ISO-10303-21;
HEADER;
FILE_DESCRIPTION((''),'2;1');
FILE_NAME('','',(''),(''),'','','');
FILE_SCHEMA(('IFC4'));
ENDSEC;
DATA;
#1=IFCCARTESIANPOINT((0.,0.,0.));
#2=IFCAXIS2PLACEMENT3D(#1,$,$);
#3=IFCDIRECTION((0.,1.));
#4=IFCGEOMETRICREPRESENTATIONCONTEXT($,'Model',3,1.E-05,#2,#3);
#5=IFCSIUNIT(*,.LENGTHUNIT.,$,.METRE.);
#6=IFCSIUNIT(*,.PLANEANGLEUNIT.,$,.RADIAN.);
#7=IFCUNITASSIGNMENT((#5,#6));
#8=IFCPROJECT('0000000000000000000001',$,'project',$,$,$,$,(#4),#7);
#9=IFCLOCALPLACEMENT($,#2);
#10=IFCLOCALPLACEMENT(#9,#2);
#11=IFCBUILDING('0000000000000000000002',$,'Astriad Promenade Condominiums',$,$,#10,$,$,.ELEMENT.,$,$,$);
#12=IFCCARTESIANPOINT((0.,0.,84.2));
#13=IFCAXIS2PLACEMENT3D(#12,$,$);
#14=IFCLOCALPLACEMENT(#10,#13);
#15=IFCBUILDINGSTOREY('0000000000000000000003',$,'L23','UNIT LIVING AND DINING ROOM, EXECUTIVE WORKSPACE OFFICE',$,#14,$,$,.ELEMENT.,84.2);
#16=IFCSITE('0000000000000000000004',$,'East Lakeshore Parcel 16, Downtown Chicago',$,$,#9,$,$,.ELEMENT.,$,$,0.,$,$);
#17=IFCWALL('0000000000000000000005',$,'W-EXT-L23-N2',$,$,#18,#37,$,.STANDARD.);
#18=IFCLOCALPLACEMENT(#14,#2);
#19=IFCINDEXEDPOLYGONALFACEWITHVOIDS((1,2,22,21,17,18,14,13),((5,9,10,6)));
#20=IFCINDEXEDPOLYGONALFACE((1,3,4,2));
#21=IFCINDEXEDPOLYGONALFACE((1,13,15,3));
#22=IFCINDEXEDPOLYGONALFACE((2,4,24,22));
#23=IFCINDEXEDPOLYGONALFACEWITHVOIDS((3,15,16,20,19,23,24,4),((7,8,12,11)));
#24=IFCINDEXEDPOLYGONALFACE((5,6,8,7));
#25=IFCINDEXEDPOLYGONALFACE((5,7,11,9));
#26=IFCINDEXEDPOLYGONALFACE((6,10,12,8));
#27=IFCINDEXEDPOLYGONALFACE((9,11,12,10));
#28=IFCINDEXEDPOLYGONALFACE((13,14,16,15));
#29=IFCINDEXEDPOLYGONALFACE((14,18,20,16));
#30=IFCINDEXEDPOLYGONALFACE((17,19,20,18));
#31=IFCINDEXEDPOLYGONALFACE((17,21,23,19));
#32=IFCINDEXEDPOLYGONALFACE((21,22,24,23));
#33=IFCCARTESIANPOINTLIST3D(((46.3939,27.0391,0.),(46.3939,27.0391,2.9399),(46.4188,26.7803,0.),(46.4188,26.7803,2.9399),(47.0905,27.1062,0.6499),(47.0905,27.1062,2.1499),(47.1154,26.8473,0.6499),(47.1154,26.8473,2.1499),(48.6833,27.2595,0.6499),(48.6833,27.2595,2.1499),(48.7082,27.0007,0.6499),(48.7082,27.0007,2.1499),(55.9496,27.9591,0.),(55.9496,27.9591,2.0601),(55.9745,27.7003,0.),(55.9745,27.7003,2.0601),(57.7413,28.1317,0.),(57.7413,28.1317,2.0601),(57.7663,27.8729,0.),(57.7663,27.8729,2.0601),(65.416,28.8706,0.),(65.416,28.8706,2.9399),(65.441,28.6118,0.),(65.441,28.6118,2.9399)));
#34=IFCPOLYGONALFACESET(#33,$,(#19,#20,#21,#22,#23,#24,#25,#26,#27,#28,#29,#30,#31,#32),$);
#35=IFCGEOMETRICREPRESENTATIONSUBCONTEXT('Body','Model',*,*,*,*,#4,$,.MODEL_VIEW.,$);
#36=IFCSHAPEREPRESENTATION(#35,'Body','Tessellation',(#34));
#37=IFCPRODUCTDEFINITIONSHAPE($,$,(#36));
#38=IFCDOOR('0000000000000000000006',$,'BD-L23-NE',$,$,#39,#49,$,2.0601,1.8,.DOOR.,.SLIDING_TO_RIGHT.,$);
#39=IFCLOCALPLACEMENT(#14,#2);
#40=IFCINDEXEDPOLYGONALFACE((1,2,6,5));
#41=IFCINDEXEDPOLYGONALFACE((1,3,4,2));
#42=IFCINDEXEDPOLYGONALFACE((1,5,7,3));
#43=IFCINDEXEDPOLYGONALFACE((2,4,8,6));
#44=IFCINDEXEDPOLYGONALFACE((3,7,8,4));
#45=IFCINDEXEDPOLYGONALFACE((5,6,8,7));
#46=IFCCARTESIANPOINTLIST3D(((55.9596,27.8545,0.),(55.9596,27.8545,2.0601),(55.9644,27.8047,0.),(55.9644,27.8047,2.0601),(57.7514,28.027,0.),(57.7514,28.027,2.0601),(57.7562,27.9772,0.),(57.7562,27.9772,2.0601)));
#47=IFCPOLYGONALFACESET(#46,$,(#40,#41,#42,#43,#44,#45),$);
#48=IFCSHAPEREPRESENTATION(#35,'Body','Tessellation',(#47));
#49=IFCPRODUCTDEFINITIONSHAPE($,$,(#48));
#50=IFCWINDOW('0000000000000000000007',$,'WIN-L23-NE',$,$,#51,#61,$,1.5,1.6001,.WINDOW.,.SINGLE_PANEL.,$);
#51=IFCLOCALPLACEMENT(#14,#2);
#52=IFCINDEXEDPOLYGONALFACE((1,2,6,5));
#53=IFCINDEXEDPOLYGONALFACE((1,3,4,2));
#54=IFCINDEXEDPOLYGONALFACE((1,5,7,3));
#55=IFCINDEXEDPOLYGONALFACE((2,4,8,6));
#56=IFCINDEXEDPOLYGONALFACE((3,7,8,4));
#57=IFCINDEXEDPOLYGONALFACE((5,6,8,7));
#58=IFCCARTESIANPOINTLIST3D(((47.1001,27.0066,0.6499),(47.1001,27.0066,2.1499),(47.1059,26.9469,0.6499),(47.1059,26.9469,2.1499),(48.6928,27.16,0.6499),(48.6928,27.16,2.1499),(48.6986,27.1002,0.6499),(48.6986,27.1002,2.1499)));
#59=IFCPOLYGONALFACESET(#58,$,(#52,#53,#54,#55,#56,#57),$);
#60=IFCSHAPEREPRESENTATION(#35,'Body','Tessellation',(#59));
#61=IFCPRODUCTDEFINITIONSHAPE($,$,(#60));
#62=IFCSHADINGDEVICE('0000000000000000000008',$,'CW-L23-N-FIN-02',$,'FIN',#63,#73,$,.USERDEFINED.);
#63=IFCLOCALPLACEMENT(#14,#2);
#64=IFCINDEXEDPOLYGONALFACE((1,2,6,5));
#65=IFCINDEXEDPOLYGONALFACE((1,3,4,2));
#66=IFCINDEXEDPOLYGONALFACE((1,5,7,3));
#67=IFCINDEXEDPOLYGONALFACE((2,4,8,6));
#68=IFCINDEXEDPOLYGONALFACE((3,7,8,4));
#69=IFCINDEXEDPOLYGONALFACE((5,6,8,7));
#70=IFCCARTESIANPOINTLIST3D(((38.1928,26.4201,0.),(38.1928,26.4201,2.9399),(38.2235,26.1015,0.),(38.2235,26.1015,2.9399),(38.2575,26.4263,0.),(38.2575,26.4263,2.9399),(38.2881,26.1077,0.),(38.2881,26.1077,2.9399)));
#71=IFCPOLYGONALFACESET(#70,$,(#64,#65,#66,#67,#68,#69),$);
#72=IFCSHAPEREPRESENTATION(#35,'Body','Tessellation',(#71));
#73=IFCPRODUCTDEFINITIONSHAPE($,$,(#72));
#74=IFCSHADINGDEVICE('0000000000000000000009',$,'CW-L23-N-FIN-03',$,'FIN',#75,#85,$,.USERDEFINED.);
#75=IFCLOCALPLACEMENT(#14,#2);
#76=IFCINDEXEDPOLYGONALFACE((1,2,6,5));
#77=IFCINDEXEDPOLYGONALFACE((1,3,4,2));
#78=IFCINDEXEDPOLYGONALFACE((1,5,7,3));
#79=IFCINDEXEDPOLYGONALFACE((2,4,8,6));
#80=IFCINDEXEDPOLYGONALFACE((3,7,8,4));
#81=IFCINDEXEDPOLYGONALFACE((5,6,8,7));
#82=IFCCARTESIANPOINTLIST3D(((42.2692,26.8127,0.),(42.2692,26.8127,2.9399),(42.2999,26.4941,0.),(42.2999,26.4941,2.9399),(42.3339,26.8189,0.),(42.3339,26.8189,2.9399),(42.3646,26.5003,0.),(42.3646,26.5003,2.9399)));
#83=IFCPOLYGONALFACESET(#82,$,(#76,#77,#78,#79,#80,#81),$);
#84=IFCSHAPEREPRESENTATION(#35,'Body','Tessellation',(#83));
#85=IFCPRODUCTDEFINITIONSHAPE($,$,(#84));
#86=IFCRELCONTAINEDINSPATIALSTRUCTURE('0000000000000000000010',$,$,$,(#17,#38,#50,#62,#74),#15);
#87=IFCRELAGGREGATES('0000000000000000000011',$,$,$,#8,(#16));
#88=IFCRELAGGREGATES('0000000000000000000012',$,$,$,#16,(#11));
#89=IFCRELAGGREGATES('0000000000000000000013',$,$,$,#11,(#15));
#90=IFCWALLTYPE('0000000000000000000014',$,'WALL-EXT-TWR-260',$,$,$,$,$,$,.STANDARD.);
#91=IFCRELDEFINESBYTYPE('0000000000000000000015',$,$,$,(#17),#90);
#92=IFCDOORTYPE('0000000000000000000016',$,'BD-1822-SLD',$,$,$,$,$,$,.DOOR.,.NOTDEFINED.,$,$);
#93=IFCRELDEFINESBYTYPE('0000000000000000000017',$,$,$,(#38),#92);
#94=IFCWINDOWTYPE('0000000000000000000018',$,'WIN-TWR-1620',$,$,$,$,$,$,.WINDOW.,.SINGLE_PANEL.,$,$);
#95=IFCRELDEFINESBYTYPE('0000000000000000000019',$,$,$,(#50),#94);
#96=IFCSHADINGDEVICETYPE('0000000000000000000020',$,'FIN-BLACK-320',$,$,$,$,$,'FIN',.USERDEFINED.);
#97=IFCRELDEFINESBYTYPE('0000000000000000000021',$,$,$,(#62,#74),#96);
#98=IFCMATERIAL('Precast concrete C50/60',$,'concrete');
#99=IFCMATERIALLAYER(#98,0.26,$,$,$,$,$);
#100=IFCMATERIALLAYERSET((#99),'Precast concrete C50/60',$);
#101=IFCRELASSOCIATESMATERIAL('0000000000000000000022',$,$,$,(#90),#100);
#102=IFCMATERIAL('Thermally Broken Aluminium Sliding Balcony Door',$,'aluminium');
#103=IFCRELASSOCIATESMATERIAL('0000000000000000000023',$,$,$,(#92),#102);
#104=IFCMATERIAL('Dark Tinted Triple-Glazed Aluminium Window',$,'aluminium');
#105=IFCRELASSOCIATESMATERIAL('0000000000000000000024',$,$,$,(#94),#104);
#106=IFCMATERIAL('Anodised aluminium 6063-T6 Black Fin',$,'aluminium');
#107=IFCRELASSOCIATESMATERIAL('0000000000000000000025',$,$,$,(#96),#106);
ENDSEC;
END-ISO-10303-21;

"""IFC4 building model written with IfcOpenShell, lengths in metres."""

from ifc_helpers import new_model, si_unit, direction, frame, frame_2d, origin, origin_2d, place, context, subcontext, project, spatial, rectangle, extrude, source, transform, mapped, material, layer, layer_set, type_object, type_shapes, element, fill, save


model = new_model("IFC4")

# Units and contexts
model_context = context("Model", 3, precision=1e-05, world=origin(), true_north=direction((0.0, 1.0)))
body_context = subcontext(model_context, "Body", "Model", "MODEL_VIEW")
ifc_project = project(units=[si_unit("LENGTHUNIT", "METRE"), si_unit("PLANEANGLEUNIT", "RADIAN")], contexts=[model_context])

# Site, building, storey
site_placement = place(None, origin())
site = spatial("IfcSite", under=ifc_project, at=site_placement, Name="East Lakeshore Parcel 16, Downtown Chicago", CompositionType="ELEMENT", RefElevation=0.0)
building_placement = place(site_placement, origin())
building = spatial("IfcBuilding", under=site, at=building_placement, Name="Astriad Promenade Condominiums", CompositionType="ELEMENT")
storey_placement = place(building_placement, frame((0.0, 0.0, 84.2)))
storey = spatial("IfcBuildingStorey", under=building, at=storey_placement, Name="L23", Description="UNIT LIVING AND DINING ROOM, EXECUTIVE WORKSPACE OFFICE", CompositionType="ELEMENT", Elevation=84.2)

# Wall, openings, door, window
ifc_material_1 = material(Name="Precast concrete C50/60", Category="concrete")
ifc_layer_1 = layer(ifc_material_1, 0.26)
ifc_layer_set_1 = layer_set([ifc_layer_1], Name="Precast concrete C50/60")
wall_type = type_object("IfcWallType", Name="WALL-EXT-TWR-260", PredefinedType="STANDARD", material=ifc_layer_set_1)
wall_placement = place(storey_placement, frame((46.4062, 26.9097, 0.0), z_axis=(0.0, 0.0, 1.0), x_axis=(0.995397, 0.095841, 0.0)))
wall = element("IfcWall", 1, at=wall_placement, inside=storey, type_object=wall_type, Name="W-EXT-L23-N2", PredefinedType="STANDARD", context=body_context, shape_type="SweptSolid", body=[
    extrude(rectangle(XDim=19.1101, YDim=0.26, at=frame_2d((9.5552, 0.0))), origin(), (0.0, 0.0, 1.0), 2.9399),
])
opening_1_placement = place(wall_placement, frame((9.6001, 0.0, 0.0)))
opening_1 = element("IfcOpeningElement", 2, at=opening_1_placement, cuts=wall, PredefinedType="OPENING", context=body_context, shape_type="SweptSolid", body=[
    extrude(rectangle(XDim=1.8, YDim=2.0601, at=frame_2d((0.8999, 1.03))), frame((0.0, 0.1399, 0.0), z_axis=(0.0, -1.0, 0.0), x_axis=(1.0, 0.0, 0.0)), (0.0, 0.0, 1.0), 0.28),
])
opening_2_placement = place(wall_placement, frame((0.7, 0.0, 0.6499)))
opening_2 = element("IfcOpeningElement", 3, at=opening_2_placement, cuts=wall, PredefinedType="OPENING", context=body_context, shape_type="SweptSolid", body=[
    extrude(rectangle(XDim=1.6001, YDim=1.5, at=frame_2d((0.8, 0.75))), frame((0.0, 0.1399, 0.0), z_axis=(0.0, -1.0, 0.0), x_axis=(1.0, 0.0, 0.0)), (0.0, 0.0, 1.0), 0.28),
])
ifc_material_2 = material(Name="Thermally Broken Aluminium Sliding Balcony Door", Category="aluminium")
door_type = type_object("IfcDoorType", Name="BD-1822-SLD", OperationType="NOTDEFINED", PredefinedType="DOOR", material=ifc_material_2)
shared_shape_1 = source(origin(), body_context, "Body", "SweptSolid", [
    extrude(rectangle(XDim=1.8, YDim=2.0601, at=frame_2d((0.8999, 1.03))), frame((0.0, 0.0249, 0.0), z_axis=(0.0, -1.0, 0.0), x_axis=(1.0, 0.0, 0.0)), (0.0, 0.0, 1.0), 0.05),
])
type_shapes(door_type, [shared_shape_1])
door_placement = place(opening_1_placement, origin())
door = element("IfcDoor", 4, at=door_placement, inside=storey, type_object=door_type, Name="BD-L23-NE", OperationType="SLIDING_TO_RIGHT", OverallHeight=2.0601, OverallWidth=1.8, PredefinedType="DOOR", context=body_context, shape_type="MappedRepresentation", body=[
    mapped(shared_shape_1, transform((0.0, 0.0, 0.0), scale=1.0)),
])
fill(opening_1, door)
ifc_material_3 = material(Name="Dark Tinted Triple-Glazed Aluminium Window", Category="aluminium")
window_type = type_object("IfcWindowType", Name="WIN-TWR-1620", PartitioningType="SINGLE_PANEL", PredefinedType="WINDOW", material=ifc_material_3)
shared_shape_2 = source(origin(), body_context, "Body", "SweptSolid", [
    extrude(rectangle(XDim=1.6001, YDim=1.5, at=frame_2d((0.8, 0.75))), frame((0.0, 0.03, 0.0), z_axis=(0.0, -1.0, 0.0), x_axis=(1.0, 0.0, 0.0)), (0.0, 0.0, 1.0), 0.0601),
])
type_shapes(window_type, [shared_shape_2])
window_placement = place(opening_2_placement, origin())
window = element("IfcWindow", 5, at=window_placement, inside=storey, type_object=window_type, Name="WIN-L23-NE", OverallHeight=1.5, OverallWidth=1.6001, PartitioningType="SINGLE_PANEL", PredefinedType="WINDOW", context=body_context, shape_type="MappedRepresentation", body=[
    mapped(shared_shape_2, transform((0.0, 0.0, 0.0), scale=1.0)),
])
fill(opening_2, window)

# Shading devices
ifc_material_4 = material(Name="Anodised aluminium 6063-T6 Black Fin", Category="aluminium")
shading_device_type = type_object("IfcShadingDeviceType", Name="FIN-BLACK-320", ElementType="FIN", PredefinedType="USERDEFINED", material=ifc_material_4)
shared_shape_3 = source(origin(), body_context, "Body", "SweptSolid", [
    extrude(rectangle(XDim=0.0649, YDim=0.3201, at=origin_2d()), origin(), (0.0, 0.0, 1.0), 2.9399),
])
type_shapes(shading_device_type, [shared_shape_3])
for number, where, z_axis, x_axis, name in (
    (6, (38.2405, 26.2639, 0.0), (0.0, 0.0, 1.0), (0.995396, 0.095846, 0.0), "CW-L23-N-FIN-02"),
    (7, (42.3169, 26.6565, 0.0), (0.0, 0.0, 1.0), (0.995396, 0.095846, 0.0), "CW-L23-N-FIN-03"),
):
    element("IfcShadingDevice", number, at=place(storey_placement, frame(where, z_axis=z_axis, x_axis=x_axis)), inside=storey, type_object=shading_device_type, Name=name, ObjectType="FIN", PredefinedType="USERDEFINED", context=body_context, shape_type="MappedRepresentation", body=[
        mapped(shared_shape_3, transform((0.0, 0.0, 0.0), scale=1.0)),
    ])

save(model, "model.ifc")
